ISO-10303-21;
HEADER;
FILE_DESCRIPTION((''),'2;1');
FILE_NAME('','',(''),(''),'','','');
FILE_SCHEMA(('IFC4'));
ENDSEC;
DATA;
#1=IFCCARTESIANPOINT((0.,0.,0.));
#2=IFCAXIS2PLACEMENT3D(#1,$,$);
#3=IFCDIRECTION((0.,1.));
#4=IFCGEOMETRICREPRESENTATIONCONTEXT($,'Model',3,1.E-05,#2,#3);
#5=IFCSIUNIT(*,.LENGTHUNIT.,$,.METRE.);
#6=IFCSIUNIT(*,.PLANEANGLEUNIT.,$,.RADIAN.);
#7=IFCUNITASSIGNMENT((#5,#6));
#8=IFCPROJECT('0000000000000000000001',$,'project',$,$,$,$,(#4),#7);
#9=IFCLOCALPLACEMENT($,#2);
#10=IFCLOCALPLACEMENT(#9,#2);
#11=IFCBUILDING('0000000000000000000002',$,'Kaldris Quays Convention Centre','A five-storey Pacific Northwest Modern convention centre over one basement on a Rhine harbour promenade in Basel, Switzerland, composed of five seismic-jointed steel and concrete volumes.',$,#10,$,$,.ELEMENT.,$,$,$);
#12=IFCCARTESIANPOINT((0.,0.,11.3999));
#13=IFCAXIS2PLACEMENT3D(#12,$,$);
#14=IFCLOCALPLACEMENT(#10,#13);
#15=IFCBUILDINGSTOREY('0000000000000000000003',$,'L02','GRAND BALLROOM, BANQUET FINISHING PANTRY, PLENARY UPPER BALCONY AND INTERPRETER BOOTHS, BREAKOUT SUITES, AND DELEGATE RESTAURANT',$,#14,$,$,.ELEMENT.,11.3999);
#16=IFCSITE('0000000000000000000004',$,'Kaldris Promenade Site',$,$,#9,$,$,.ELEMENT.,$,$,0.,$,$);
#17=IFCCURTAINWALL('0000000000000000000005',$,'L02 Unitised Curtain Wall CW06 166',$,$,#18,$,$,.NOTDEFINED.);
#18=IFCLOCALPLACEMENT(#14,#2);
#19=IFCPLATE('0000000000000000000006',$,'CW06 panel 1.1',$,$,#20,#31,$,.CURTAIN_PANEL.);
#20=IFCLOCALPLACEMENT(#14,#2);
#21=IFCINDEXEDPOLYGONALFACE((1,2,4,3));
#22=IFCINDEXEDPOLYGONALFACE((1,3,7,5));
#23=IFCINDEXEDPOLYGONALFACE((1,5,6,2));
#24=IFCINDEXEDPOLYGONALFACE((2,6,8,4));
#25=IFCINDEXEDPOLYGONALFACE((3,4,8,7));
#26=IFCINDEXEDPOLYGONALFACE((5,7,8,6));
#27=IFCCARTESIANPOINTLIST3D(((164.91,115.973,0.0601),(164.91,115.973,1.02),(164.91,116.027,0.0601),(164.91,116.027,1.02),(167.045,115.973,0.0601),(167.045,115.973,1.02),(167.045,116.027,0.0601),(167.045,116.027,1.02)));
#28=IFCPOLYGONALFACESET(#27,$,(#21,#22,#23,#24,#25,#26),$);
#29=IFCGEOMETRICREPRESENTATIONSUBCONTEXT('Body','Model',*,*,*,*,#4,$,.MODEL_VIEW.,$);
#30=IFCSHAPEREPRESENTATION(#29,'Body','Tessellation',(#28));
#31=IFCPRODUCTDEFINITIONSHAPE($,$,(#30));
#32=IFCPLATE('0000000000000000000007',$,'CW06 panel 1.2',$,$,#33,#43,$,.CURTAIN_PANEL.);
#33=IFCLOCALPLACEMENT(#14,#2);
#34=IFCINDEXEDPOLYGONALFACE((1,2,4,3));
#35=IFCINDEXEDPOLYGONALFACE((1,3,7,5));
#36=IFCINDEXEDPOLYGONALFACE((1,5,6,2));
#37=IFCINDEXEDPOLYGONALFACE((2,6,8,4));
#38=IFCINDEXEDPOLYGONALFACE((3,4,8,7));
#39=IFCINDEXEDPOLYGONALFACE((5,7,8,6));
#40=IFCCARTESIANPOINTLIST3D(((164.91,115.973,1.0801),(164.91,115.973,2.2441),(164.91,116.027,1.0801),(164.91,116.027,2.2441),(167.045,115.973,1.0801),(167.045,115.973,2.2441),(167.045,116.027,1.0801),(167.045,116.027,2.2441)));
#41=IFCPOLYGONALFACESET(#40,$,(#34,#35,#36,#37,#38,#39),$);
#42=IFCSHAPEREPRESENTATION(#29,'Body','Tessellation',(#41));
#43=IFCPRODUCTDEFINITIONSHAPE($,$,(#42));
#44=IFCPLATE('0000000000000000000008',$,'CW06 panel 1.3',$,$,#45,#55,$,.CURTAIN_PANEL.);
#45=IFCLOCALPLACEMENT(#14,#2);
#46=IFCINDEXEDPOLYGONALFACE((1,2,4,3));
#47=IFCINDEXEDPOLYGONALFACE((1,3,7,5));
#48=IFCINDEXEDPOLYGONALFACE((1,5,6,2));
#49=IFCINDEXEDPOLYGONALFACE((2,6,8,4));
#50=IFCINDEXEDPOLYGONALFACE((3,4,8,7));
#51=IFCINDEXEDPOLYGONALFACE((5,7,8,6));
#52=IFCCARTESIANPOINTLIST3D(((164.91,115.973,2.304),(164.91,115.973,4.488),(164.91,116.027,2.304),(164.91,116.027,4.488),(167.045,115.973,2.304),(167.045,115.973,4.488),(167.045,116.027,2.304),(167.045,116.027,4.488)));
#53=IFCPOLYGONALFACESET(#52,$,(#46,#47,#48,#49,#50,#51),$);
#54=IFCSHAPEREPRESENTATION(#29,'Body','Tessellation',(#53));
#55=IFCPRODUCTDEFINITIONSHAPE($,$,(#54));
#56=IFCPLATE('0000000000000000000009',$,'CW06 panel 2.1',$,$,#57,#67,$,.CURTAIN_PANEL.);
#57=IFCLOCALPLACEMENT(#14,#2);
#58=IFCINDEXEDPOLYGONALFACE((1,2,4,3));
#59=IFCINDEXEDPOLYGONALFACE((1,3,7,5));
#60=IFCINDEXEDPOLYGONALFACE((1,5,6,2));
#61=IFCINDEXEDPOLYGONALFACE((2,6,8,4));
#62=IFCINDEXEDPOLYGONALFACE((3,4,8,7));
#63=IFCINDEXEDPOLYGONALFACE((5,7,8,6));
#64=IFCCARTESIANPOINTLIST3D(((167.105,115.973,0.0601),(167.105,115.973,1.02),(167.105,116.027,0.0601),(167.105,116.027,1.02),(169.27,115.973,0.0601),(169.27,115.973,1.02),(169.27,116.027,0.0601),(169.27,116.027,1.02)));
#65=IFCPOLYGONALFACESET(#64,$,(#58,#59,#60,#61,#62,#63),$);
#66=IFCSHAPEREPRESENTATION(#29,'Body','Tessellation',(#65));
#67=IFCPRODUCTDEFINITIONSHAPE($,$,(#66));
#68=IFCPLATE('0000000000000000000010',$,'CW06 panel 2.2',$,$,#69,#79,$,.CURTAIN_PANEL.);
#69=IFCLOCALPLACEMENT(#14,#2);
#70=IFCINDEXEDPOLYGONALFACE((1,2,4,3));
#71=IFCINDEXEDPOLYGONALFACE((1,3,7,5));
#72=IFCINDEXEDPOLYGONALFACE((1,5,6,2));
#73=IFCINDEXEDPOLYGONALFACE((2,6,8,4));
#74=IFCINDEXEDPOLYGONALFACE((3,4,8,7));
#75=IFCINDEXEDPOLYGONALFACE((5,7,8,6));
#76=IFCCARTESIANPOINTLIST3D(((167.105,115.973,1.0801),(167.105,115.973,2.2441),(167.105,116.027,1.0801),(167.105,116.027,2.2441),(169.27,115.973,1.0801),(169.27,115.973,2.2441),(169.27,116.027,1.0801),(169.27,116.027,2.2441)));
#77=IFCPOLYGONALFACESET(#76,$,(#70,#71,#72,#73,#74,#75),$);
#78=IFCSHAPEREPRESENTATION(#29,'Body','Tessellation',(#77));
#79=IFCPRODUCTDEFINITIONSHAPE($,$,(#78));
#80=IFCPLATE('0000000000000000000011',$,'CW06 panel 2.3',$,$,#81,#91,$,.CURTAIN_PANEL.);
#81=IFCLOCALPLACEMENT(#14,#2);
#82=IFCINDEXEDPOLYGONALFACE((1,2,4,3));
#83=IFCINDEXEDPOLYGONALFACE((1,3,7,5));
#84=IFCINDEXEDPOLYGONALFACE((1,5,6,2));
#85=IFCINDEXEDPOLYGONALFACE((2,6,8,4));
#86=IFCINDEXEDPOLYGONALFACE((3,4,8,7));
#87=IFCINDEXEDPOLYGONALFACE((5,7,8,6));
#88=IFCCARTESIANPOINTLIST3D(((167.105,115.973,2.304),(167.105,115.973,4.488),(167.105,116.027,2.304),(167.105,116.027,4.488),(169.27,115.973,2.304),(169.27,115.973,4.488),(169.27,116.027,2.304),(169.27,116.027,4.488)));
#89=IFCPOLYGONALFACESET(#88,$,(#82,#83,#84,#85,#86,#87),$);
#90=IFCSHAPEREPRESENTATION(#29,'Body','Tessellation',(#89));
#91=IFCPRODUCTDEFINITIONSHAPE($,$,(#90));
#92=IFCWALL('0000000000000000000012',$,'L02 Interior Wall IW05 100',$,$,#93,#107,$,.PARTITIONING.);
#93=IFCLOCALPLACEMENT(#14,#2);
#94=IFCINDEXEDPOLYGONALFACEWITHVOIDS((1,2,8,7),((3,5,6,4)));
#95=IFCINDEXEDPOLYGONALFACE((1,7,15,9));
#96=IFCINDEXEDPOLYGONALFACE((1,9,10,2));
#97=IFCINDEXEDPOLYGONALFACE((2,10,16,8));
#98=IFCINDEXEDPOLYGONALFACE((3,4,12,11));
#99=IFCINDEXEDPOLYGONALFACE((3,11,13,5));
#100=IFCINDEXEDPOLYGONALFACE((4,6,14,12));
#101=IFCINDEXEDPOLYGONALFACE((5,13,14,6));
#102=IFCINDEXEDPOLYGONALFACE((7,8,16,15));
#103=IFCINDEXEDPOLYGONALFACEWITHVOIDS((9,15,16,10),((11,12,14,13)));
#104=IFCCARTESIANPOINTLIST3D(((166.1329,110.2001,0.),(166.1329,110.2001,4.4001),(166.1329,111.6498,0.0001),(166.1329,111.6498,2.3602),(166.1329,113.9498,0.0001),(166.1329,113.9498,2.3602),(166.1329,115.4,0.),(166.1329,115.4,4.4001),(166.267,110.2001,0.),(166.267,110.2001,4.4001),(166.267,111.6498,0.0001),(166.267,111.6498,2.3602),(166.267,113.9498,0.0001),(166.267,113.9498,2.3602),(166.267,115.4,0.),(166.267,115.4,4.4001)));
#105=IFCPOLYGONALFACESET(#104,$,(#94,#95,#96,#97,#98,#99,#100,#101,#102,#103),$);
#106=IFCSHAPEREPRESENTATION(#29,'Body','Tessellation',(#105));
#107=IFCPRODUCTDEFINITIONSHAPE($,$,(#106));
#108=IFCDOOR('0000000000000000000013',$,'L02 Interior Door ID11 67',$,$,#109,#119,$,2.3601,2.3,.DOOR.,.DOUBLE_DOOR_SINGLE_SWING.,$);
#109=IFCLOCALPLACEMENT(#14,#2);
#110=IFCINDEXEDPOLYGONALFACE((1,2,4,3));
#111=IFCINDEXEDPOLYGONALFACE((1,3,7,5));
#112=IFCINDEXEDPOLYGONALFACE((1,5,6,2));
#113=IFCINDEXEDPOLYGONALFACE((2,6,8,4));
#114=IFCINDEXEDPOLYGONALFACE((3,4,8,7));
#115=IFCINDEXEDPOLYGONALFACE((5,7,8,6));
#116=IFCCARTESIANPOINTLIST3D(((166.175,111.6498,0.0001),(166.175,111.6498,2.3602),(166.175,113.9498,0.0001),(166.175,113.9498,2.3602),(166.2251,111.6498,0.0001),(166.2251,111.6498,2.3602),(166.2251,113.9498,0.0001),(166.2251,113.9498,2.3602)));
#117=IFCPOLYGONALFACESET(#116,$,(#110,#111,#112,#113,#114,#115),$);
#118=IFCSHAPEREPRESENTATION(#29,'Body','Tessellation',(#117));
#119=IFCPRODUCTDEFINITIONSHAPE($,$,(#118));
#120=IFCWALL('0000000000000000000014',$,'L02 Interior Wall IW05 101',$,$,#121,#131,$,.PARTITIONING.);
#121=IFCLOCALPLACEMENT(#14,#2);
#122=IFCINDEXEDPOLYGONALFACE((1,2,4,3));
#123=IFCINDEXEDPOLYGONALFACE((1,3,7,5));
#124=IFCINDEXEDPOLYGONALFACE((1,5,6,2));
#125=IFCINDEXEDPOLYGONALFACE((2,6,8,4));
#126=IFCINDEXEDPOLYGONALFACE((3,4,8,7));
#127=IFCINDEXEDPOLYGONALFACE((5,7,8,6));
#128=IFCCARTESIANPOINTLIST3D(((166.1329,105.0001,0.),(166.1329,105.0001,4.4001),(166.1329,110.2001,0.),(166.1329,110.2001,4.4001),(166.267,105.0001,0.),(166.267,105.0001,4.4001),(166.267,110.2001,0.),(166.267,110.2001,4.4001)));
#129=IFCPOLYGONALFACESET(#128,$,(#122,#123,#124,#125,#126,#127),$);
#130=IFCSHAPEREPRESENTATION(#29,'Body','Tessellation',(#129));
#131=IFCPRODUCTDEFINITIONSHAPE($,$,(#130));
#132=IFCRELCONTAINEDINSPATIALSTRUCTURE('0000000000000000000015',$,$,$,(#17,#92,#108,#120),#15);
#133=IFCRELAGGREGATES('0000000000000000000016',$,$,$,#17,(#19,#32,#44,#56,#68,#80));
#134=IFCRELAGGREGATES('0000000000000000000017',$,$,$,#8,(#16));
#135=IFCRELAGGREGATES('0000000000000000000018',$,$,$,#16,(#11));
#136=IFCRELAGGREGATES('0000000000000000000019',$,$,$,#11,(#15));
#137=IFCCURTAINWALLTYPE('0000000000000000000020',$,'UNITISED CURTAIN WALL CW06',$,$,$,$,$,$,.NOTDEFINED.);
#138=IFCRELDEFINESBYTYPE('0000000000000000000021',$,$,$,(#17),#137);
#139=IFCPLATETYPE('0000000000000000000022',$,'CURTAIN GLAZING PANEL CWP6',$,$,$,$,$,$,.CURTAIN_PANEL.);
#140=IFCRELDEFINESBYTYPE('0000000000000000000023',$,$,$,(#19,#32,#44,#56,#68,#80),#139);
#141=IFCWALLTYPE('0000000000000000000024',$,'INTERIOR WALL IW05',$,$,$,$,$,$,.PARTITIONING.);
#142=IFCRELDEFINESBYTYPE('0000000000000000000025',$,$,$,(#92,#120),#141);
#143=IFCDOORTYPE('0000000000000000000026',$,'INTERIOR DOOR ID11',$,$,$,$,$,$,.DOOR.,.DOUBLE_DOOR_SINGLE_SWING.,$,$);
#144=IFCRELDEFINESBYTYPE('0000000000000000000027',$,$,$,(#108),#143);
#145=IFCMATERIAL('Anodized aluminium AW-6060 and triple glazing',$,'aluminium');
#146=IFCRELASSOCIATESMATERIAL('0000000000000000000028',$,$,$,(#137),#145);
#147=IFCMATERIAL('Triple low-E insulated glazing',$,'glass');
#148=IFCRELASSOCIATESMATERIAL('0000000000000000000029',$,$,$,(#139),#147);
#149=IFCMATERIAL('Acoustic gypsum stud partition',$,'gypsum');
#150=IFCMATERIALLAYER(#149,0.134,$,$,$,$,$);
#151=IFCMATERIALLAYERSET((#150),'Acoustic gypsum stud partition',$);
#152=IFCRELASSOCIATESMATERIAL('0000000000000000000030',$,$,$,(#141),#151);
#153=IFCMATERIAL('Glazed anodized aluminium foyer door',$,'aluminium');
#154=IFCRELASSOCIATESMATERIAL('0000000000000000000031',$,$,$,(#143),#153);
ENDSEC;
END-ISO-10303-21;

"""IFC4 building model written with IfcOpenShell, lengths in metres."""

from ifc_helpers import new_model, si_unit, direction, frame, frame_2d, origin, origin_2d, place, context, subcontext, project, spatial, rectangle, extrude, material, layer, layer_set, type_object, element, fill, aggregate, save


model = new_model("IFC4")

# Units and contexts
model_context = context("Model", 3, precision=1e-05, world=origin(), true_north=direction((0.0, 1.0)))
body_context = subcontext(model_context, "Body", "Model", "MODEL_VIEW")
ifc_project = project(units=[si_unit("LENGTHUNIT", "METRE"), si_unit("PLANEANGLEUNIT", "RADIAN")], contexts=[model_context])

# Site, building, storey
site_placement = place(None, origin())
site = spatial("IfcSite", under=ifc_project, at=site_placement, Name="Kaldris Promenade Site", CompositionType="ELEMENT", RefElevation=0.0)
building_placement = place(site_placement, origin())
building = spatial("IfcBuilding", under=site, at=building_placement, Name="Kaldris Quays Convention Centre", Description="A five-storey Pacific Northwest Modern convention centre over one basement on a Rhine harbour promenade in Basel, Switzerland, composed of five seismic-jointed steel and concrete volumes.", CompositionType="ELEMENT")
storey_placement = place(building_placement, frame((0.0, 0.0, 11.3999)))
storey = spatial("IfcBuildingStorey", under=building, at=storey_placement, Name="L02", Description="GRAND BALLROOM, BANQUET FINISHING PANTRY, PLENARY UPPER BALCONY AND INTERPRETER BOOTHS, BREAKOUT SUITES, AND DELEGATE RESTAURANT", CompositionType="ELEMENT", Elevation=11.3999)

# Curtain wall
ifc_material_1 = material(Name="Anodized aluminium AW-6060 and triple glazing", Category="aluminium")
curtain_wall_type = type_object("IfcCurtainWallType", Name="UNITISED CURTAIN WALL CW06", PredefinedType="NOTDEFINED", material=ifc_material_1)
curtain_wall_placement = place(storey_placement, origin())
curtain_wall = element("IfcCurtainWall", 1, at=curtain_wall_placement, inside=storey, type_object=curtain_wall_type, Name="L02 Unitised Curtain Wall CW06 166", PredefinedType="NOTDEFINED")

# Plates
ifc_material_2 = material(Name="Triple low-E insulated glazing", Category="glass")
plate_type = type_object("IfcPlateType", Name="CURTAIN GLAZING PANEL CWP6", PredefinedType="CURTAIN_PANEL", material=ifc_material_2)
plate_1_placement = place(storey_placement, frame((165.9775, 116.0, 0.0601), z_axis=(0.0, 0.0, 1.0), x_axis=(1.0, 0.0, 0.0)))
plate_1 = element("IfcPlate", 2, at=plate_1_placement, type_object=plate_type, Name="CW06 panel 1.1", PredefinedType="CURTAIN_PANEL", context=body_context, shape_type="SweptSolid", body=[
    extrude(rectangle(XDim=2.135, YDim=0.054, at=origin_2d()), origin(), (0.0, 0.0, 1.0), 0.96),
])
plate_2_placement = place(storey_placement, frame((165.9775, 116.0, 1.0801), z_axis=(0.0, 0.0, 1.0), x_axis=(1.0, 0.0, 0.0)))
plate_2 = element("IfcPlate", 3, at=plate_2_placement, type_object=plate_type, Name="CW06 panel 1.2", PredefinedType="CURTAIN_PANEL", context=body_context, shape_type="SweptSolid", body=[
    extrude(rectangle(XDim=2.135, YDim=0.054, at=origin_2d()), origin(), (0.0, 0.0, 1.0), 1.1641),
])
plate_3_placement = place(storey_placement, frame((165.9775, 116.0, 2.304), z_axis=(0.0, 0.0, 1.0), x_axis=(1.0, 0.0, 0.0)))
plate_3 = element("IfcPlate", 4, at=plate_3_placement, type_object=plate_type, Name="CW06 panel 1.3", PredefinedType="CURTAIN_PANEL", context=body_context, shape_type="SweptSolid", body=[
    extrude(rectangle(XDim=2.135, YDim=0.054, at=origin_2d()), origin(), (0.0, 0.0, 1.0), 2.1841),
])
plate_4_placement = place(storey_placement, frame((168.1875, 116.0, 0.0601), z_axis=(0.0, 0.0, 1.0), x_axis=(1.0, 0.0, 0.0)))
plate_4 = element("IfcPlate", 5, at=plate_4_placement, type_object=plate_type, Name="CW06 panel 2.1", PredefinedType="CURTAIN_PANEL", context=body_context, shape_type="SweptSolid", body=[
    extrude(rectangle(XDim=2.165, YDim=0.054, at=origin_2d()), origin(), (0.0, 0.0, 1.0), 0.96),
])
plate_5_placement = place(storey_placement, frame((168.1875, 116.0, 1.0801), z_axis=(0.0, 0.0, 1.0), x_axis=(1.0, 0.0, 0.0)))
plate_5 = element("IfcPlate", 6, at=plate_5_placement, type_object=plate_type, Name="CW06 panel 2.2", PredefinedType="CURTAIN_PANEL", context=body_context, shape_type="SweptSolid", body=[
    extrude(rectangle(XDim=2.165, YDim=0.054, at=origin_2d()), origin(), (0.0, 0.0, 1.0), 1.1641),
])
plate_6_placement = place(storey_placement, frame((168.1875, 116.0, 2.304), z_axis=(0.0, 0.0, 1.0), x_axis=(1.0, 0.0, 0.0)))
plate_6 = element("IfcPlate", 7, at=plate_6_placement, type_object=plate_type, Name="CW06 panel 2.3", PredefinedType="CURTAIN_PANEL", context=body_context, shape_type="SweptSolid", body=[
    extrude(rectangle(XDim=2.165, YDim=0.054, at=origin_2d()), origin(), (0.0, 0.0, 1.0), 2.1841),
])
aggregate(curtain_wall, [plate_1, plate_2, plate_3, plate_4, plate_5, plate_6])

# Wall, opening, door
ifc_material_3 = material(Name="Acoustic gypsum stud partition", Category="gypsum")
ifc_layer = layer(ifc_material_3, 0.134)
ifc_layer_set = layer_set([ifc_layer], Name="Acoustic gypsum stud partition")
wall_type = type_object("IfcWallType", Name="INTERIOR WALL IW05", PredefinedType="PARTITIONING", material=ifc_layer_set)
wall_1_placement = place(storey_placement, frame((166.2, 110.2, 0.0), z_axis=(0.0, 0.0, 1.0), x_axis=(0.0, 1.0, 0.0)))
wall_1 = element("IfcWall", 8, at=wall_1_placement, inside=storey, type_object=wall_type, Name="L02 Interior Wall IW05 100", PredefinedType="PARTITIONING", context=body_context, shape_type="SweptSolid", body=[
    extrude(rectangle(XDim=5.2, YDim=0.134, at=frame_2d((2.6001, 0.0))), origin(), (0.0, 0.0, 1.0), 4.4001),
])
opening_placement = place(wall_1_placement, frame((1.45, 0.0, 0.0)))
opening = element("IfcOpeningElement", 9, at=opening_placement, cuts=wall_1, PredefinedType="OPENING", context=body_context, shape_type="SweptSolid", body=[
    extrude(rectangle(XDim=2.3, YDim=2.3601, at=frame_2d((1.1499, 1.1802))), frame((0.0, 0.0771, 0.0), z_axis=(0.0, -1.0, 0.0), x_axis=(1.0, 0.0, 0.0)), (0.0, 0.0, 1.0), 0.1541),
])
ifc_material_4 = material(Name="Glazed anodized aluminium foyer door", Category="aluminium")
door_type = type_object("IfcDoorType", Name="INTERIOR DOOR ID11", OperationType="DOUBLE_DOOR_SINGLE_SWING", PredefinedType="DOOR", material=ifc_material_4)
door_placement = place(opening_placement, origin())
door = element("IfcDoor", 10, at=door_placement, inside=storey, type_object=door_type, Name="L02 Interior Door ID11 67", OperationType="DOUBLE_DOOR_SINGLE_SWING", OverallHeight=2.3601, OverallWidth=2.3, PredefinedType="DOOR", context=body_context, shape_type="SweptSolid", body=[
    extrude(rectangle(XDim=2.3, YDim=2.3601, at=frame_2d((1.1499, 1.1802))), frame((0.0, 0.0249, 0.0), z_axis=(0.0, -1.0, 0.0), x_axis=(1.0, 0.0, 0.0)), (0.0, 0.0, 1.0), 0.05),
])
fill(opening, door)

# Wall
wall_2_placement = place(storey_placement, frame((166.2, 105.0, 0.0), z_axis=(0.0, 0.0, 1.0), x_axis=(0.0, 1.0, 0.0)))
element("IfcWall", 11, at=wall_2_placement, inside=storey, type_object=wall_type, Name="L02 Interior Wall IW05 101", PredefinedType="PARTITIONING", context=body_context, shape_type="SweptSolid", body=[
    extrude(rectangle(XDim=5.2, YDim=0.134, at=frame_2d((2.6001, 0.0))), origin(), (0.0, 0.0, 1.0), 4.4001),
])

save(model, "model.ifc")
